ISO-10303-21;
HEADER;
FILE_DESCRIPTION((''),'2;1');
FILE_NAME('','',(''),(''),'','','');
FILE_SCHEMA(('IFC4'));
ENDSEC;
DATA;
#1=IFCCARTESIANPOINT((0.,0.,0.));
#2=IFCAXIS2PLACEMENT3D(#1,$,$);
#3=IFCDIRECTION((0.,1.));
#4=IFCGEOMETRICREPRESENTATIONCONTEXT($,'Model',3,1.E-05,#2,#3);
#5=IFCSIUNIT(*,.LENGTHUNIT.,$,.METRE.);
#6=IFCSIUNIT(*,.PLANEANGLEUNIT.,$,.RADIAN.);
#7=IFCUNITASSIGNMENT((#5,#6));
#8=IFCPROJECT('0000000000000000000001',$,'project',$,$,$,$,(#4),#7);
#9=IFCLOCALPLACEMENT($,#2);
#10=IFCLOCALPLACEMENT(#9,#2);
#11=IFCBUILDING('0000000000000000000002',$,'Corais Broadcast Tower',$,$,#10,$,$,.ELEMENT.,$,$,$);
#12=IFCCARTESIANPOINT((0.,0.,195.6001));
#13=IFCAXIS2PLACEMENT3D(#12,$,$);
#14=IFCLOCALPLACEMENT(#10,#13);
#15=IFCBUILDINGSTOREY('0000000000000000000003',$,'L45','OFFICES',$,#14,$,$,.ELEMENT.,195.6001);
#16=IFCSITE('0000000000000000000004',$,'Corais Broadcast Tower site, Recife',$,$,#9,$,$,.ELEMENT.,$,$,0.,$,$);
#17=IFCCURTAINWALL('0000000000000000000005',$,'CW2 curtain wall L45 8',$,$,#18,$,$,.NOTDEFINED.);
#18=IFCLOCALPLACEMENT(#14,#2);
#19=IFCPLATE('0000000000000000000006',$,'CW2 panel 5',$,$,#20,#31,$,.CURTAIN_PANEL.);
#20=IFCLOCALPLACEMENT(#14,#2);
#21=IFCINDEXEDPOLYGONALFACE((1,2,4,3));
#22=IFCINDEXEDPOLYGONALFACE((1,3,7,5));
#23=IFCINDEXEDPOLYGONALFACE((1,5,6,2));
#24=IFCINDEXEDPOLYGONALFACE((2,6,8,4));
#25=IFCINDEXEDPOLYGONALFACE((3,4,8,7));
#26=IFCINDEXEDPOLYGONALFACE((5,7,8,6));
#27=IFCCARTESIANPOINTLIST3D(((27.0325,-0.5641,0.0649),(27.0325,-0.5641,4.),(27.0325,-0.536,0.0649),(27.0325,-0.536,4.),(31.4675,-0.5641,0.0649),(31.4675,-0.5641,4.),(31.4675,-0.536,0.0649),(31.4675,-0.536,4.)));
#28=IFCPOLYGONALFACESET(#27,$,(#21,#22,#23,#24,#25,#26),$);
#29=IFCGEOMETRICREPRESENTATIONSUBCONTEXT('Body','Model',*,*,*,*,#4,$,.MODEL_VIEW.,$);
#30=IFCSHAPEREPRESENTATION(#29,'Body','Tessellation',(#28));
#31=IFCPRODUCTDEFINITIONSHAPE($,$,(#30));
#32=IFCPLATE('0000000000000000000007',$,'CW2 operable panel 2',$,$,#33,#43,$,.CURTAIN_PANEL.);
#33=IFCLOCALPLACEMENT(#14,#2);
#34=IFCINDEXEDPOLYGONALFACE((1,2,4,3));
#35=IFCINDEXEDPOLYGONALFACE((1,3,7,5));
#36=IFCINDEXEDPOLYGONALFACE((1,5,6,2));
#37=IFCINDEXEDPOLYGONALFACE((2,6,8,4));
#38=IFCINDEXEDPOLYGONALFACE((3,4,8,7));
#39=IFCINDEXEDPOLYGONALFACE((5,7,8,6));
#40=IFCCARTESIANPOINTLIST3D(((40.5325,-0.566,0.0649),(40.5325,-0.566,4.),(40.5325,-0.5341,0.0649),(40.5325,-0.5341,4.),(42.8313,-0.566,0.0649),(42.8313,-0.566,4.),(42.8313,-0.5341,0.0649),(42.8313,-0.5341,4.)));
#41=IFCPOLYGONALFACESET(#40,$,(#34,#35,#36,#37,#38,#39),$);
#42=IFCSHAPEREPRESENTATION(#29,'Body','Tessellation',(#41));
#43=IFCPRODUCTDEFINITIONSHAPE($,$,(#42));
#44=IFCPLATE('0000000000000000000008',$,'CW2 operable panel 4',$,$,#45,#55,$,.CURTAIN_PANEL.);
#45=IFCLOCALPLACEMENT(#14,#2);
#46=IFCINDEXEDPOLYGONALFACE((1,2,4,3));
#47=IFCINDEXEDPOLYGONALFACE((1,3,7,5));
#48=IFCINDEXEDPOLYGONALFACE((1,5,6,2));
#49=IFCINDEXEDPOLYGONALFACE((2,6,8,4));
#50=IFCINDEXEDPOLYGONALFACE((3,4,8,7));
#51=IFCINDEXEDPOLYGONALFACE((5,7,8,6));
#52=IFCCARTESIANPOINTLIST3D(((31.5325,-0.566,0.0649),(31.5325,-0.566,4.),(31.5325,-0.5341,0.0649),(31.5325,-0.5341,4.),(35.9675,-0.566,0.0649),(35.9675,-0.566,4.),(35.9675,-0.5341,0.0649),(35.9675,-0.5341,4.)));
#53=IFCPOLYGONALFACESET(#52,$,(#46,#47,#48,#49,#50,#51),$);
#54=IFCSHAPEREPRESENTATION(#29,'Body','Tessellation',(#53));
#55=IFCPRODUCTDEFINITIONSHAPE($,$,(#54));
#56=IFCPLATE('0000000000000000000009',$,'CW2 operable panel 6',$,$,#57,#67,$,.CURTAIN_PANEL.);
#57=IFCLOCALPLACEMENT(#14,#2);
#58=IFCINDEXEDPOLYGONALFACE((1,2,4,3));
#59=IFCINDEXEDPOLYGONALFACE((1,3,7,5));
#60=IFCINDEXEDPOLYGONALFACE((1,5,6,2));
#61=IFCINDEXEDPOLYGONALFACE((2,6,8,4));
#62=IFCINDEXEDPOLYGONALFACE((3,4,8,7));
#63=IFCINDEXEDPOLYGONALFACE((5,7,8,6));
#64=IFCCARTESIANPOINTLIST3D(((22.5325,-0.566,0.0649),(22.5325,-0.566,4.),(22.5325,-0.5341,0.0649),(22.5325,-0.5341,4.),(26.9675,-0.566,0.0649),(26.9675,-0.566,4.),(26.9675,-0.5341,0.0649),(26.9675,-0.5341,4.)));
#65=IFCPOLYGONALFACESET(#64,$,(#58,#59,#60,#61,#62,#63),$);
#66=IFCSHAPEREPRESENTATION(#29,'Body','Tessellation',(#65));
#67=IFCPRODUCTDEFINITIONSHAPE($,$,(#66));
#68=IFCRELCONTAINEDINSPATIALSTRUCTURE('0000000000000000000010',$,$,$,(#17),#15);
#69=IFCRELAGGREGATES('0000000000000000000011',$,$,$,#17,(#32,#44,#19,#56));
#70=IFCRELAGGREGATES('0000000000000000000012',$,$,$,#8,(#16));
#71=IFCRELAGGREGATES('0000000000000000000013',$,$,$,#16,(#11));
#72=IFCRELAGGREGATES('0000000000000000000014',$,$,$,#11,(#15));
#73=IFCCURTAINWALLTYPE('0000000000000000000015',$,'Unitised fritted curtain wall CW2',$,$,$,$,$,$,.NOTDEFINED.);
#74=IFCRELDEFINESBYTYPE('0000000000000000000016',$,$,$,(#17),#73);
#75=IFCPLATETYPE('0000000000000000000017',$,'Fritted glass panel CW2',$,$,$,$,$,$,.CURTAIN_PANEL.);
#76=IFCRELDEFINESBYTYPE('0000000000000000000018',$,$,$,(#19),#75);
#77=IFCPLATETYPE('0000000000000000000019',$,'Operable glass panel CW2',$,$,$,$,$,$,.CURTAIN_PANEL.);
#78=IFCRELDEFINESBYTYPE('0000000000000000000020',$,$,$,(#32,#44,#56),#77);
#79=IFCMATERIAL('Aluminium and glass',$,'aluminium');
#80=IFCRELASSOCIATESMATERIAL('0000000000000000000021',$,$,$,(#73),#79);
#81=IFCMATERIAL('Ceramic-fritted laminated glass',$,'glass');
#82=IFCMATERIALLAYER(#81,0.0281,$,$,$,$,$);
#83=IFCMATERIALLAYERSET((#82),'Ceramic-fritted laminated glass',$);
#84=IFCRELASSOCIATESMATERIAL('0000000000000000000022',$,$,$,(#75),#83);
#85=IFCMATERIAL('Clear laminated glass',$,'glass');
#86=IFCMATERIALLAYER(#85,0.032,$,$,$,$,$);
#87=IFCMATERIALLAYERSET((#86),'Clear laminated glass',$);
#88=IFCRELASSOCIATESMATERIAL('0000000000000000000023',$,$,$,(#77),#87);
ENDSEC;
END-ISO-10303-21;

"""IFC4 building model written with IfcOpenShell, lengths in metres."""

from ifc_helpers import new_model, si_unit, direction, frame, origin, origin_2d, place, context, subcontext, project, spatial, rectangle, extrude, material, layer, layer_set, type_object, element, aggregate, save


model = new_model("IFC4")

# Units and contexts
model_context = context("Model", 3, precision=1e-05, world=origin(), true_north=direction((0.0, 1.0)))
body_context = subcontext(model_context, "Body", "Model", "MODEL_VIEW")
ifc_project = project(units=[si_unit("LENGTHUNIT", "METRE"), si_unit("PLANEANGLEUNIT", "RADIAN")], contexts=[model_context])

# Site, building, storey
site_placement = place(None, origin())
site = spatial("IfcSite", under=ifc_project, at=site_placement, Name="Corais Broadcast Tower site, Recife", CompositionType="ELEMENT", RefElevation=0.0)
building_placement = place(site_placement, origin())
building = spatial("IfcBuilding", under=site, at=building_placement, Name="Corais Broadcast Tower", CompositionType="ELEMENT")
storey_placement = place(building_placement, frame((0.0, 0.0, 195.6001)))
storey = spatial("IfcBuildingStorey", under=building, at=storey_placement, Name="L45", Description="OFFICES", CompositionType="ELEMENT", Elevation=195.6001)

# Curtain wall
ifc_material_1 = material(Name="Aluminium and glass", Category="aluminium")
curtain_wall_type = type_object("IfcCurtainWallType", Name="Unitised fritted curtain wall CW2", PredefinedType="NOTDEFINED", material=ifc_material_1)
curtain_wall_placement = place(storey_placement, origin())
curtain_wall = element("IfcCurtainWall", 1, at=curtain_wall_placement, inside=storey, type_object=curtain_wall_type, Name="CW2 curtain wall L45 8", PredefinedType="NOTDEFINED")

# Plates
ifc_material_2 = material(Name="Ceramic-fritted laminated glass", Category="glass")
ifc_layer_1 = layer(ifc_material_2, 0.0281)
ifc_layer_set_1 = layer_set([ifc_layer_1], Name="Ceramic-fritted laminated glass")
plate_type_1 = type_object("IfcPlateType", Name="Fritted glass panel CW2", PredefinedType="CURTAIN_PANEL", material=ifc_layer_set_1)
plate_1_placement = place(storey_placement, frame((29.25, -0.55, 0.0649), z_axis=(0.0, 0.0, 1.0), x_axis=(-1.0, 0.0, 0.0)))
plate_1 = element("IfcPlate", 2, at=plate_1_placement, type_object=plate_type_1, Name="CW2 panel 5", PredefinedType="CURTAIN_PANEL", context=body_context, shape_type="SweptSolid", body=[
    extrude(rectangle(XDim=4.4351, YDim=0.0281, at=origin_2d()), origin(), (0.0, 0.0, 1.0), 3.9351),
])
ifc_material_3 = material(Name="Clear laminated glass", Category="glass")
ifc_layer_2 = layer(ifc_material_3, 0.032)
ifc_layer_set_2 = layer_set([ifc_layer_2], Name="Clear laminated glass")
plate_type_2 = type_object("IfcPlateType", Name="Operable glass panel CW2", PredefinedType="CURTAIN_PANEL", material=ifc_layer_set_2)
plate_2_placement = place(storey_placement, frame((41.6819, -0.55, 0.0649), z_axis=(0.0, 0.0, 1.0), x_axis=(-1.0, 0.0, 0.0)))
plate_2 = element("IfcPlate", 3, at=plate_2_placement, type_object=plate_type_2, Name="CW2 operable panel 2", PredefinedType="CURTAIN_PANEL", context=body_context, shape_type="SweptSolid", body=[
    extrude(rectangle(XDim=2.2988, YDim=0.032, at=origin_2d()), origin(), (0.0, 0.0, 1.0), 3.9351),
])
plate_3_placement = place(storey_placement, frame((33.75, -0.55, 0.0649), z_axis=(0.0, 0.0, 1.0), x_axis=(-1.0, 0.0, 0.0)))
plate_3 = element("IfcPlate", 4, at=plate_3_placement, type_object=plate_type_2, Name="CW2 operable panel 4", PredefinedType="CURTAIN_PANEL", context=body_context, shape_type="SweptSolid", body=[
    extrude(rectangle(XDim=4.4351, YDim=0.032, at=origin_2d()), origin(), (0.0, 0.0, 1.0), 3.9351),
])
plate_4_placement = place(storey_placement, frame((24.75, -0.55, 0.0649), z_axis=(0.0, 0.0, 1.0), x_axis=(-1.0, 0.0, 0.0)))
plate_4 = element("IfcPlate", 5, at=plate_4_placement, type_object=plate_type_2, Name="CW2 operable panel 6", PredefinedType="CURTAIN_PANEL", context=body_context, shape_type="SweptSolid", body=[
    extrude(rectangle(XDim=4.4351, YDim=0.032, at=origin_2d()), origin(), (0.0, 0.0, 1.0), 3.9351),
])
aggregate(curtain_wall, [plate_2, plate_3, plate_1, plate_4])

save(model, "model.ifc")
